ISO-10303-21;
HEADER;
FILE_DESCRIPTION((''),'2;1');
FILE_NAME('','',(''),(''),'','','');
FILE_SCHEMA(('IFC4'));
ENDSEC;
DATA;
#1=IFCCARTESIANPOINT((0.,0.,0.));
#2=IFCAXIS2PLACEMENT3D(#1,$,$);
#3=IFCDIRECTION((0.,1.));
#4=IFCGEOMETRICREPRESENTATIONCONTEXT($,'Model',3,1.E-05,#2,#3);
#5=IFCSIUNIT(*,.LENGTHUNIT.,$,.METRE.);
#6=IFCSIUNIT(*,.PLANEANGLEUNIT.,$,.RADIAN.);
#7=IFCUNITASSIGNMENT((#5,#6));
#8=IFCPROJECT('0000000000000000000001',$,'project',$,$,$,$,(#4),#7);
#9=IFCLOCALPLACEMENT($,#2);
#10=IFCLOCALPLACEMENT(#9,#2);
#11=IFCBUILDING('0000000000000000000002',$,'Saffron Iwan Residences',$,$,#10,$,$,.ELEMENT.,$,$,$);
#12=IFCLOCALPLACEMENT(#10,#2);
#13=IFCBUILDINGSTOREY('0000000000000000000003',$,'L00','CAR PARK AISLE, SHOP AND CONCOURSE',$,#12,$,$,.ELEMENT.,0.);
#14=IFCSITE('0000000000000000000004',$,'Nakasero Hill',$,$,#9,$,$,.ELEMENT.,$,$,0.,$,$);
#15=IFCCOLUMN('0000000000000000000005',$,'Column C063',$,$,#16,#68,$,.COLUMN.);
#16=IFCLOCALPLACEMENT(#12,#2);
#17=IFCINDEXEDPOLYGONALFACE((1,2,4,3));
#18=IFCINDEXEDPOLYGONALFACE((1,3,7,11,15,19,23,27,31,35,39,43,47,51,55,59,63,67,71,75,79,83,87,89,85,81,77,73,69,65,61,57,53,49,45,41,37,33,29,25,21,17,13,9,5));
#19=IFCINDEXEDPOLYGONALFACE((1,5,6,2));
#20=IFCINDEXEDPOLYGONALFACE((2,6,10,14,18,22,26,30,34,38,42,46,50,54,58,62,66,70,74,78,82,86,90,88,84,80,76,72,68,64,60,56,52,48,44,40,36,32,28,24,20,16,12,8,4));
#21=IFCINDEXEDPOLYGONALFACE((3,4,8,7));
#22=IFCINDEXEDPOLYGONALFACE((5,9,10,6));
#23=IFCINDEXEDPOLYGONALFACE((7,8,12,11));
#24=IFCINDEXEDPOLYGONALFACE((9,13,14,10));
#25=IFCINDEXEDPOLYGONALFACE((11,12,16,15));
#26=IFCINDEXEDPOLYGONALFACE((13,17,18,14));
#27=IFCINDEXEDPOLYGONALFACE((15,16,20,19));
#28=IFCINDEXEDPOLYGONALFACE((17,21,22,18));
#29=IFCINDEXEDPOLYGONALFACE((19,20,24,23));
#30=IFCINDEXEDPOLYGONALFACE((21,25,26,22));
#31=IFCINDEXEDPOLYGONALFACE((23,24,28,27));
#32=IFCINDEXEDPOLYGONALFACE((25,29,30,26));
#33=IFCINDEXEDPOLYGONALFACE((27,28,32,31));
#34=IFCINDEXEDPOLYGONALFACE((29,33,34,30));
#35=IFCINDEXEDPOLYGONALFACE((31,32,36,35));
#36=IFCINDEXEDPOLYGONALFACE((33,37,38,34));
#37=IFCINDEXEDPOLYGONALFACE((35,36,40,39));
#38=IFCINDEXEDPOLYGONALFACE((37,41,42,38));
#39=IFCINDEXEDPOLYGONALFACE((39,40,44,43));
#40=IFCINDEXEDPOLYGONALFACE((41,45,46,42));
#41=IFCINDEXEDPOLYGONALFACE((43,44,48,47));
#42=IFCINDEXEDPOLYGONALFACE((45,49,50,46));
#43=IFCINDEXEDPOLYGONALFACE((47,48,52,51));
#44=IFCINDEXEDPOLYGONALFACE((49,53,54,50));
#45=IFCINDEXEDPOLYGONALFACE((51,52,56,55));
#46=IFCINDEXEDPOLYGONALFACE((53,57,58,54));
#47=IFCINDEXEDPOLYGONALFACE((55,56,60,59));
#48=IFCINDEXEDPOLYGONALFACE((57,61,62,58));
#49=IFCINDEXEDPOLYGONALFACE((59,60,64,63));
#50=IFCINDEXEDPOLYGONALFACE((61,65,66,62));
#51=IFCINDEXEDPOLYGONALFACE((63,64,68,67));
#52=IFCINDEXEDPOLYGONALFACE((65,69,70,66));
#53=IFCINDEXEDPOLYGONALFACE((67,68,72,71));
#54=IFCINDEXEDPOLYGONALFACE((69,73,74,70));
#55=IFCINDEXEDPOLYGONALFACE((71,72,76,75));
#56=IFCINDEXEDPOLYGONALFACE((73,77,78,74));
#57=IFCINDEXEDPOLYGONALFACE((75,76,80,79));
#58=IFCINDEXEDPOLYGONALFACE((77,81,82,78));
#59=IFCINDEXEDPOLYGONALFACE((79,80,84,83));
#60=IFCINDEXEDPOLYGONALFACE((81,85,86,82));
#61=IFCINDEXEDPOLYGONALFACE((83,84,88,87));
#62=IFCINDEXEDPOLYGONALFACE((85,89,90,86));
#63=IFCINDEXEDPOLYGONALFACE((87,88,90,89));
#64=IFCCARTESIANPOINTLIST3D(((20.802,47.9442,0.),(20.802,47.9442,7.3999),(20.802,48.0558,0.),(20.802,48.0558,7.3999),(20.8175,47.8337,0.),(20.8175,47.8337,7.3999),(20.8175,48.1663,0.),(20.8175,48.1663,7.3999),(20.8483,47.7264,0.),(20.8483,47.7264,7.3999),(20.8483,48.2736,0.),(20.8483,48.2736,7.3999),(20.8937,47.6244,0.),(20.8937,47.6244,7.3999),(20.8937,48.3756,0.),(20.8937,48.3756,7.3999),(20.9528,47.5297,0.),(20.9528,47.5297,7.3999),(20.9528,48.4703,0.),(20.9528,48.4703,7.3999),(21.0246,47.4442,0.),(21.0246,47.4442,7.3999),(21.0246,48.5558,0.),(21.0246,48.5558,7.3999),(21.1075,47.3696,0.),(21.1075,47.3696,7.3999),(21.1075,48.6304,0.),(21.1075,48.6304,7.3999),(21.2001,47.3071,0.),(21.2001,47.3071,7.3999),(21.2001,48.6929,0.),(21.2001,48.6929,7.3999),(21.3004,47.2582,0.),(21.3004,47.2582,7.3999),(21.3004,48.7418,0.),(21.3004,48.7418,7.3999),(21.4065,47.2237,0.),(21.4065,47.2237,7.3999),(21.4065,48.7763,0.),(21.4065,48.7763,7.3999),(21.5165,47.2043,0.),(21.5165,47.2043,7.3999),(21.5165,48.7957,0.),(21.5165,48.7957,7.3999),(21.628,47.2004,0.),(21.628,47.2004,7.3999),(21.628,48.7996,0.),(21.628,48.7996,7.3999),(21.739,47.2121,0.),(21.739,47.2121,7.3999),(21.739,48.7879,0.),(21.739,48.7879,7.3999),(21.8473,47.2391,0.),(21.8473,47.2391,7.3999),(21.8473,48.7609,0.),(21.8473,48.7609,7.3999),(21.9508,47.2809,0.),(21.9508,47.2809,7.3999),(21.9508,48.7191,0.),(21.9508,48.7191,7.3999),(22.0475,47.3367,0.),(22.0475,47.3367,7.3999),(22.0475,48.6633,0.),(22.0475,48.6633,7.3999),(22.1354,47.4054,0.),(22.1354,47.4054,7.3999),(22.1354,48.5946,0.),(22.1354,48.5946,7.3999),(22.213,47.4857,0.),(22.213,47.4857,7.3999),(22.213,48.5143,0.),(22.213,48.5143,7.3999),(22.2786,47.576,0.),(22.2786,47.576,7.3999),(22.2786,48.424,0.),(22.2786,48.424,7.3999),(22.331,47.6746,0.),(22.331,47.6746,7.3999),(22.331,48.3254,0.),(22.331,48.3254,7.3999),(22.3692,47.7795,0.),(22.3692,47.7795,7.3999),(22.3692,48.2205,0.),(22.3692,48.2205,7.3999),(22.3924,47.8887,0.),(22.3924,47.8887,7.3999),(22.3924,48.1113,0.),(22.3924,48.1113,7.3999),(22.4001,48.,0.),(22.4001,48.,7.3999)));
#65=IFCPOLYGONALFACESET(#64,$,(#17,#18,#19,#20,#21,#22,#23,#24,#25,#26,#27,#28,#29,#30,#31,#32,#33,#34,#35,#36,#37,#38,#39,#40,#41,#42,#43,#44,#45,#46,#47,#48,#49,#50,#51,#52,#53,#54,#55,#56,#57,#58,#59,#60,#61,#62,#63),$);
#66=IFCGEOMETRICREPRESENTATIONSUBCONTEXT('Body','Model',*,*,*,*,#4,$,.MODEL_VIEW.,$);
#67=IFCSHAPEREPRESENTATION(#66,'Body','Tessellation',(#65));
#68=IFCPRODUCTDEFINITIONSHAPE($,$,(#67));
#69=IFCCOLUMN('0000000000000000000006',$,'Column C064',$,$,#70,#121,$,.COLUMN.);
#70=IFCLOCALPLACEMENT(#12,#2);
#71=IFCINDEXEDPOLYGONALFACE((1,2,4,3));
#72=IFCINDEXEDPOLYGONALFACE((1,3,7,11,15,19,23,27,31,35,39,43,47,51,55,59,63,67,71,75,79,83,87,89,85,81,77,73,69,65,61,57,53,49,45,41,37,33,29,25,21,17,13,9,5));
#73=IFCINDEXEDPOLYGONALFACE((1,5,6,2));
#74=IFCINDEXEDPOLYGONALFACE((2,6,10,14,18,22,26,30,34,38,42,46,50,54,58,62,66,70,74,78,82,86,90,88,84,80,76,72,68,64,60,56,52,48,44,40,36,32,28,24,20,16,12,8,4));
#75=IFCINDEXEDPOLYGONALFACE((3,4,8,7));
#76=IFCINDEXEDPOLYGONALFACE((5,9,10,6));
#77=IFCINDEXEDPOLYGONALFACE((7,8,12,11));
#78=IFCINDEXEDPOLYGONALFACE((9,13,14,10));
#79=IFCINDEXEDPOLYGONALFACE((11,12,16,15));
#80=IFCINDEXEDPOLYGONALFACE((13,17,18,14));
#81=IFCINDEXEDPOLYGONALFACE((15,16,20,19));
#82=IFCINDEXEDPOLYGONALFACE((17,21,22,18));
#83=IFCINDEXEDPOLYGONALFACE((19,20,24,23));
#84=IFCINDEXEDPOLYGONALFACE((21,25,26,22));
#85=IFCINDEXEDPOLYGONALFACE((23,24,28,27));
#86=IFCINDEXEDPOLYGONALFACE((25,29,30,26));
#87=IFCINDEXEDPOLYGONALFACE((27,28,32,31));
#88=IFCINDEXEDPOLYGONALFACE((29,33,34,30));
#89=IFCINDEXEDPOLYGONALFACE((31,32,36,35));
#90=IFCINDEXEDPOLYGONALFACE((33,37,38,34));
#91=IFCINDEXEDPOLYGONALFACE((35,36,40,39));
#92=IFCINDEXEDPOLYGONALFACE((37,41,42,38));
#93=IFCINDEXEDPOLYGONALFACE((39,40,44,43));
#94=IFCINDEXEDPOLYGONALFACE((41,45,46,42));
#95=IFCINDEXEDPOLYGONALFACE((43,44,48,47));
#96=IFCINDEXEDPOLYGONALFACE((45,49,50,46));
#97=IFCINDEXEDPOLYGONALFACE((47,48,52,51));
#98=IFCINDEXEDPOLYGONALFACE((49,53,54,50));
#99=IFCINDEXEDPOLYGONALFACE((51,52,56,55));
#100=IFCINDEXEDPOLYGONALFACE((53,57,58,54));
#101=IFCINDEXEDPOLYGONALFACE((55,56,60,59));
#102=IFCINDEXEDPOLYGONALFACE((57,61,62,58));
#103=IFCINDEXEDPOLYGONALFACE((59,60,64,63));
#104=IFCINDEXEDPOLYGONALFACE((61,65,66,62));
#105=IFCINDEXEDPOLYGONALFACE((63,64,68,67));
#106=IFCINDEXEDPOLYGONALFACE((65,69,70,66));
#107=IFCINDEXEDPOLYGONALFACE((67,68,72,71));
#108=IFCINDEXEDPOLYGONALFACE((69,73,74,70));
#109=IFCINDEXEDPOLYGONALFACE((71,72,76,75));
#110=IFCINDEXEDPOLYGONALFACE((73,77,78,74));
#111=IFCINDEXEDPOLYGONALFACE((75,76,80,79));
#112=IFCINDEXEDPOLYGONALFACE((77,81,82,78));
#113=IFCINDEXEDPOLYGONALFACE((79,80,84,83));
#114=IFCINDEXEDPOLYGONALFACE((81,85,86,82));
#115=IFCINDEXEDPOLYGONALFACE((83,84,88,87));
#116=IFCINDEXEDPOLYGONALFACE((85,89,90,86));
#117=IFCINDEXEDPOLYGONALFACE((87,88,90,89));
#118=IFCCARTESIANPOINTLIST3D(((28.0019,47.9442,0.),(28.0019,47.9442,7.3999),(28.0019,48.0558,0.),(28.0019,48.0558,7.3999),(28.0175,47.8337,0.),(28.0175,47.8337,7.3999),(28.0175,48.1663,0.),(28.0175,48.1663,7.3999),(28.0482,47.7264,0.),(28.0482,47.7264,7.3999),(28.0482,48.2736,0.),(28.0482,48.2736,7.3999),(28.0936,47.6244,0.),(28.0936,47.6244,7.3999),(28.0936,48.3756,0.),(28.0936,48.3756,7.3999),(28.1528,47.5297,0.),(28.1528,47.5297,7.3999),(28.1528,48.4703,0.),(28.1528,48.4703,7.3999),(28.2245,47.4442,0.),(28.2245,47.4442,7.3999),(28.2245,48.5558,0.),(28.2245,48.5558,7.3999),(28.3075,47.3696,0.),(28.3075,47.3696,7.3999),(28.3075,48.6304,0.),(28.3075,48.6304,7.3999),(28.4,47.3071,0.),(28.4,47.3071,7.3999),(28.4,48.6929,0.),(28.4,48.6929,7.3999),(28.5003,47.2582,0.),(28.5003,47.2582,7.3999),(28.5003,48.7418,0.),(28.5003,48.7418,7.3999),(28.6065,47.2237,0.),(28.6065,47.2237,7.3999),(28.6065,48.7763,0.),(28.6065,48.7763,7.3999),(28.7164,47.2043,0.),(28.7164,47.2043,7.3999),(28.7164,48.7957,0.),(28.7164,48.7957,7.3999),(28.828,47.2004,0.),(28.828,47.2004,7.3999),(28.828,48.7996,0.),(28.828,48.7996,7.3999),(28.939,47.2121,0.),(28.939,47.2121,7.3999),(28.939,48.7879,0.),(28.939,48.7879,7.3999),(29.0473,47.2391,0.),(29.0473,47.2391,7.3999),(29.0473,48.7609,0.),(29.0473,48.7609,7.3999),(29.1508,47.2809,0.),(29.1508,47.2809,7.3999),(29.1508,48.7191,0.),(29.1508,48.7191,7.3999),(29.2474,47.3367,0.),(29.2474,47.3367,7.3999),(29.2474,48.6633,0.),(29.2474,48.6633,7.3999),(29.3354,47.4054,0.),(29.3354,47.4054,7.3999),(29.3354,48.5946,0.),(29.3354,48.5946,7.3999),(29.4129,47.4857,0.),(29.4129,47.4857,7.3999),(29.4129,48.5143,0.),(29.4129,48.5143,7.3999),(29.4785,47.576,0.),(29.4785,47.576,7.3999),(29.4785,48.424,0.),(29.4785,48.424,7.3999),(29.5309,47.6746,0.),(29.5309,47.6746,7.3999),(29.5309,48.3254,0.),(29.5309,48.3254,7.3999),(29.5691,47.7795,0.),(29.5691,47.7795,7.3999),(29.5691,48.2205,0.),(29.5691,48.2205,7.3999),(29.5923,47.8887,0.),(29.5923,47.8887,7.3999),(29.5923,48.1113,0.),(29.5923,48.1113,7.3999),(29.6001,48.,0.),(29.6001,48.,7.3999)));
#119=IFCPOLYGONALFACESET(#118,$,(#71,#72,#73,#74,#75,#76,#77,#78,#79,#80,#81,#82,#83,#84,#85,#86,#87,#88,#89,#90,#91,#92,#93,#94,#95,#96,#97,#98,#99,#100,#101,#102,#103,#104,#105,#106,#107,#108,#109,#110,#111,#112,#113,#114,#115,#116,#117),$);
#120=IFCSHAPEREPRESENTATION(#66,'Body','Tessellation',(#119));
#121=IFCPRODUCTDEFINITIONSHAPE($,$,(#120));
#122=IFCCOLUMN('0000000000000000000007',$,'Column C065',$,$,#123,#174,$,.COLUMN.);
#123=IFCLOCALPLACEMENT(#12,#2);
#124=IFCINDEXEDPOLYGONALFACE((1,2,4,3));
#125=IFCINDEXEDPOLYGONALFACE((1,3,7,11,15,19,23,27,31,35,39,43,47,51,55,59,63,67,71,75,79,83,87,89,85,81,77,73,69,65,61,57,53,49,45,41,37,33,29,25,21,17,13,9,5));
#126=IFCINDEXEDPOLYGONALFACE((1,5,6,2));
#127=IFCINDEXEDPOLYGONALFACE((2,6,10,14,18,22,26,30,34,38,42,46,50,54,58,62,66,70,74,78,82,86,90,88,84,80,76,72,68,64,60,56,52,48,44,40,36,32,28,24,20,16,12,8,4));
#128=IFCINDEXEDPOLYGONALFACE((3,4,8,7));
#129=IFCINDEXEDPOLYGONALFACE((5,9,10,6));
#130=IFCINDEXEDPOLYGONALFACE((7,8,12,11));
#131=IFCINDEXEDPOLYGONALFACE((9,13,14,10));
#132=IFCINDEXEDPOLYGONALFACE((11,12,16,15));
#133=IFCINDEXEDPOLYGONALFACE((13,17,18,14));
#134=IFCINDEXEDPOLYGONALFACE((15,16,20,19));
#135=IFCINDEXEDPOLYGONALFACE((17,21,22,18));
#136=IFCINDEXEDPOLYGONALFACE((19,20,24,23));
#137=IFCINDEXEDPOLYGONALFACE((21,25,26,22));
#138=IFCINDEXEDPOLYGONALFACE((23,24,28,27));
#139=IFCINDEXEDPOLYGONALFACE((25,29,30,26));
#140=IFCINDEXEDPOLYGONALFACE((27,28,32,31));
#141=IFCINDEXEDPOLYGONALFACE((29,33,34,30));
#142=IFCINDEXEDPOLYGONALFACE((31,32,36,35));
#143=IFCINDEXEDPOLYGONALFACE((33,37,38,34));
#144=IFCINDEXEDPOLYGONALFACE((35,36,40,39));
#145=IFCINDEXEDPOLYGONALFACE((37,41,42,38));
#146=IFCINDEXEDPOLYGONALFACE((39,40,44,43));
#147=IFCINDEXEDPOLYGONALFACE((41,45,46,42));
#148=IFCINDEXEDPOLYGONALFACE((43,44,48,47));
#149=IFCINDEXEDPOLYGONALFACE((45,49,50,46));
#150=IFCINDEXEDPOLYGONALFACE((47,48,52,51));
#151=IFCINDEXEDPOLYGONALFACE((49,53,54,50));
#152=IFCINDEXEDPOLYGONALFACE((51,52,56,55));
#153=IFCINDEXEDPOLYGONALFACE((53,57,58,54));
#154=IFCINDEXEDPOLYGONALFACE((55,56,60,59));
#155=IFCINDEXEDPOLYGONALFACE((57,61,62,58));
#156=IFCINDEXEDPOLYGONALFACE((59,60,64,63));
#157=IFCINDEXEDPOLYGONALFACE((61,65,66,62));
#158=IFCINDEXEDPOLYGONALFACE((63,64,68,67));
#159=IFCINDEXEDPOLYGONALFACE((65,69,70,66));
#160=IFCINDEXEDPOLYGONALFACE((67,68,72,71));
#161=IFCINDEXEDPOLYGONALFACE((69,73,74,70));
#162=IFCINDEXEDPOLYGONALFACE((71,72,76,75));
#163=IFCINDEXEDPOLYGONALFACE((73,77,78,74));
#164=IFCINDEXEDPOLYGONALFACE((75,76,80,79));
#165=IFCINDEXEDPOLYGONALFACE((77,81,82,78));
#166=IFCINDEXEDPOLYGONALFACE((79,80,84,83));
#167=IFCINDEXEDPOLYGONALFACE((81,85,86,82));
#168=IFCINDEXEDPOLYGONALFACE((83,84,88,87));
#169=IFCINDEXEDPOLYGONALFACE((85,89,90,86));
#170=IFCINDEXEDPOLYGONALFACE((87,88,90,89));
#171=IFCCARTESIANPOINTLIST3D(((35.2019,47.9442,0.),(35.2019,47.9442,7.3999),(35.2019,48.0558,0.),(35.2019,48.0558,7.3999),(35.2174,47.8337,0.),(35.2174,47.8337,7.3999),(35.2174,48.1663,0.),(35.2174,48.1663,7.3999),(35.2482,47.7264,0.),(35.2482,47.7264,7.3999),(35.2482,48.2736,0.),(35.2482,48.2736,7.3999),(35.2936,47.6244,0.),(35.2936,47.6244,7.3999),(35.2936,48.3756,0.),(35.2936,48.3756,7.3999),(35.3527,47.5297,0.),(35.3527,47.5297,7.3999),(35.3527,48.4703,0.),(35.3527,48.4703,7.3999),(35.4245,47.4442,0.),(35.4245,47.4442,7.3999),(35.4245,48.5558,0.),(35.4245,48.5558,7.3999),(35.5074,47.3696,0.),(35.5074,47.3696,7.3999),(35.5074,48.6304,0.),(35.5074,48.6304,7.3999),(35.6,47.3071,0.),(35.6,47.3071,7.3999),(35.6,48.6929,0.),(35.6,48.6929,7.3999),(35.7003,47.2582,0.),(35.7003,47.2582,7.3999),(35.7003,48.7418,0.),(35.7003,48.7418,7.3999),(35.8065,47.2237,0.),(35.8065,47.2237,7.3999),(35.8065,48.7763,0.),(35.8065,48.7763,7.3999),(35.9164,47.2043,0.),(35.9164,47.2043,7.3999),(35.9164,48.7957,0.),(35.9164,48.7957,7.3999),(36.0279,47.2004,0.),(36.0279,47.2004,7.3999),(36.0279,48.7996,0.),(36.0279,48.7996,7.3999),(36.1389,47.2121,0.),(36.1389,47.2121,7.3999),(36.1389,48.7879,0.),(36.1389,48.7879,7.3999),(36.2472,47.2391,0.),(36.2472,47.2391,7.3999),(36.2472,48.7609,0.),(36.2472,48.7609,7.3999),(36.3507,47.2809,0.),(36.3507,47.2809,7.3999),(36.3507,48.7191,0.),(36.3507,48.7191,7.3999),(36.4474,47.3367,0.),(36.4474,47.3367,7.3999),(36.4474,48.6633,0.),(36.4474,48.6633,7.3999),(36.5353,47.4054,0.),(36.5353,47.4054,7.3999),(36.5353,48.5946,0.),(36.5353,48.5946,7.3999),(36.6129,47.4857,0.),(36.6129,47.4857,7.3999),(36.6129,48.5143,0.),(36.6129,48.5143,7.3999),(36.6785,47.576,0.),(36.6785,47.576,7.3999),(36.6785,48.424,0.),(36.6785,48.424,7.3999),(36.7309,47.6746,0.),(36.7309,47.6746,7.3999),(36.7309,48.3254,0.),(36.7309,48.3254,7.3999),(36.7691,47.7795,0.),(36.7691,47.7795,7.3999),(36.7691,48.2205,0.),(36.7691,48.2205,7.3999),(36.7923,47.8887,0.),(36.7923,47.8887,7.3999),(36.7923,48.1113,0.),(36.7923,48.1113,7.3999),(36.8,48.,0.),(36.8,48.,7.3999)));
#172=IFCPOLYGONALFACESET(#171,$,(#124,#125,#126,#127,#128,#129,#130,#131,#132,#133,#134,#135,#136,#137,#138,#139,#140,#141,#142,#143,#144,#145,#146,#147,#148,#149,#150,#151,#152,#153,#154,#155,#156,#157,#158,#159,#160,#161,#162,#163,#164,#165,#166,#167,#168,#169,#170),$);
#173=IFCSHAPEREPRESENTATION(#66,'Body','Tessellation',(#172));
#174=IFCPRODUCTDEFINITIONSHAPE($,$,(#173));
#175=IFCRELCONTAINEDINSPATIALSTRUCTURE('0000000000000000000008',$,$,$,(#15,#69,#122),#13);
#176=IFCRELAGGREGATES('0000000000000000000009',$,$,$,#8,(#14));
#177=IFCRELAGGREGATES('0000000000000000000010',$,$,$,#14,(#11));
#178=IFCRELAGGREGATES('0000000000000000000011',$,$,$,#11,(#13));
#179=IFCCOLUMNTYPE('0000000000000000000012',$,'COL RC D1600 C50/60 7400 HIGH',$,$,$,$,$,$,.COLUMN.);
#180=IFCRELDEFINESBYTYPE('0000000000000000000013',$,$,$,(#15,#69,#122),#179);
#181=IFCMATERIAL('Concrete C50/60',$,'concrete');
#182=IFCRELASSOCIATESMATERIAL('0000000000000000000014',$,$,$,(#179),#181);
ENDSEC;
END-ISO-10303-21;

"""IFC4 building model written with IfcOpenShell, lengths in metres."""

from ifc_helpers import new_model, si_unit, direction, frame, origin, origin_2d, place, context, subcontext, project, spatial, circle, extrude, source, transform, mapped, material, material_profile, profile_set, type_object, element, save


model = new_model("IFC4")

# Units and contexts
model_context = context("Model", 3, precision=1e-05, world=origin(), true_north=direction((0.0, 1.0)))
body_context = subcontext(model_context, "Body", "Model", "MODEL_VIEW")
ifc_project = project(units=[si_unit("LENGTHUNIT", "METRE"), si_unit("PLANEANGLEUNIT", "RADIAN")], contexts=[model_context])

# Site, building, storey
site_placement = place(None, origin())
site = spatial("IfcSite", under=ifc_project, at=site_placement, Name="Nakasero Hill", CompositionType="ELEMENT", RefElevation=0.0)
building_placement = place(site_placement, origin())
building = spatial("IfcBuilding", under=site, at=building_placement, Name="Saffron Iwan Residences", CompositionType="ELEMENT")
storey_placement = place(building_placement, origin())
storey = spatial("IfcBuildingStorey", under=building, at=storey_placement, Name="L00", Description="CAR PARK AISLE, SHOP AND CONCOURSE", CompositionType="ELEMENT", Elevation=0.0)

# Columns
ifc_material_1 = material(Name="Concrete C50/60", Category="concrete")
ifc_material_profile_1 = material_profile(ifc_material_1, circle(Radius=0.8, at=origin_2d()), Name="RC D1600")
ifc_profile_set_1 = profile_set([ifc_material_profile_1], Name="Concrete C50/60")
column_type = type_object("IfcColumnType", Name="COL RC D1600 C50/60 7400 HIGH", PredefinedType="COLUMN", material=ifc_profile_set_1)
shared_shape_1 = source(origin(), body_context, "Body", "SweptSolid", [
    extrude(circle(Radius=0.8, at=origin_2d()), origin(), (0.0, 0.0, 1.0), 7.3999),
])
for number, where, z_axis, x_axis, name in (
    (1, (21.6001, 48.0, 0.0), (0.0, 0.0, 1.0), (1.0, 0.0, 0.0), "Column C063"),
    (2, (28.8, 48.0, 0.0), (0.0, 0.0, 1.0), (1.0, 0.0, 0.0), "Column C064"),
    (3, (36.0, 48.0, 0.0), (0.0, 0.0, 1.0), (1.0, 0.0, 0.0), "Column C065"),
):
    element("IfcColumn", number, at=place(storey_placement, frame(where, z_axis=z_axis, x_axis=x_axis)), inside=storey, type_object=column_type, Name=name, PredefinedType="COLUMN", context=body_context, shape_type="MappedRepresentation", body=[
        mapped(shared_shape_1, transform((0.0, 0.0, 0.0))),
    ])

save(model, "model.ifc")
